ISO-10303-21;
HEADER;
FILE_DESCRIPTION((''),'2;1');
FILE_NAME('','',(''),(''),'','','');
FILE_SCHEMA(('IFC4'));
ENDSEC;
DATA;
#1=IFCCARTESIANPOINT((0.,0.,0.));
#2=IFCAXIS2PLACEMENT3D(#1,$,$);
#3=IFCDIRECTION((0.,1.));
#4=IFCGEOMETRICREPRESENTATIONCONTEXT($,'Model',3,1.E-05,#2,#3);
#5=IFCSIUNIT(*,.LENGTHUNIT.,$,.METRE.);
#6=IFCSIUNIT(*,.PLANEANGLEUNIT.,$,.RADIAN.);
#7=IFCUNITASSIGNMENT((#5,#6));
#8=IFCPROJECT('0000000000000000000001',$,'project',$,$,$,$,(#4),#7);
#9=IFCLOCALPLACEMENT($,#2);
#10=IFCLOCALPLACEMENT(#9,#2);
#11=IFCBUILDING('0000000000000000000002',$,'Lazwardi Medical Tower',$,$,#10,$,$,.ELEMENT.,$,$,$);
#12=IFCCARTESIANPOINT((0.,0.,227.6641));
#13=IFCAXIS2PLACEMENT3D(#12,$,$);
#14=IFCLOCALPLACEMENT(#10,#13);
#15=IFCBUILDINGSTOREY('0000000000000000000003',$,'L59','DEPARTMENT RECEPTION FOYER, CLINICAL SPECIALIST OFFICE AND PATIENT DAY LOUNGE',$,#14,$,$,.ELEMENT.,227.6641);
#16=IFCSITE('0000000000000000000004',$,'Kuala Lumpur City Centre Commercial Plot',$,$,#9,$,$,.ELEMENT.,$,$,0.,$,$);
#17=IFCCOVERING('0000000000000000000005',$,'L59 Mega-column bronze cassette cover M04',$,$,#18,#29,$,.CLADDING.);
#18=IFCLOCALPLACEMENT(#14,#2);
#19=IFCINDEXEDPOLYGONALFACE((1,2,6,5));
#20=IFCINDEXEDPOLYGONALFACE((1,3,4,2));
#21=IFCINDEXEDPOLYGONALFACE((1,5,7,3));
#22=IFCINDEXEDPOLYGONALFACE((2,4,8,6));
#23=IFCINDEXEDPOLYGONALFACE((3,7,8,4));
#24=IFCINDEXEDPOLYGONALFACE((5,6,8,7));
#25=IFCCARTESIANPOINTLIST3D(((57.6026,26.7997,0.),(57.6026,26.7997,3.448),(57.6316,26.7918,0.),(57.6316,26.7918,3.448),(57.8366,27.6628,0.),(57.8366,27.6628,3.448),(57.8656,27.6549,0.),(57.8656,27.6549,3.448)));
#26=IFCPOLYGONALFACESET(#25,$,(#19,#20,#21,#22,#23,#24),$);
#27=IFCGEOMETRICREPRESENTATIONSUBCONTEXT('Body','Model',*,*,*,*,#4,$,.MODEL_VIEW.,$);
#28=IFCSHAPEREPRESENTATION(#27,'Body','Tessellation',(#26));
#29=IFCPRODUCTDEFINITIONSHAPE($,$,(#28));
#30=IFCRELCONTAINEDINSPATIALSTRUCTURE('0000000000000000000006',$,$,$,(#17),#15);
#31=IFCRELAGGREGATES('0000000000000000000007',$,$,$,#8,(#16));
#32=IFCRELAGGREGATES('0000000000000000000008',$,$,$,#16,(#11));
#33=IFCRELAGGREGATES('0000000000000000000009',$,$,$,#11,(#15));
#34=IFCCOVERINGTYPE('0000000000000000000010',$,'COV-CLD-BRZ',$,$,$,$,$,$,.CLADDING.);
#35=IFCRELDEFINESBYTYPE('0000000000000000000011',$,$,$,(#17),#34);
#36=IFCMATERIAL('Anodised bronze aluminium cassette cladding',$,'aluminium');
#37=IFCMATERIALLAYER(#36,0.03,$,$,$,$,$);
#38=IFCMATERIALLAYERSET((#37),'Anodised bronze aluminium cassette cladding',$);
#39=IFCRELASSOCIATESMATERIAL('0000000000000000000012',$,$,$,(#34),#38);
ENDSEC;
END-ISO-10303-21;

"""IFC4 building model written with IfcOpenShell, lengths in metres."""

from ifc_helpers import new_model, si_unit, direction, frame, origin, origin_2d, place, context, subcontext, project, spatial, rectangle, extrude, material, layer, layer_set, type_object, element, save


model = new_model("IFC4")

# Units and contexts
model_context = context("Model", 3, precision=1e-05, world=origin(), true_north=direction((0.0, 1.0)))
body_context = subcontext(model_context, "Body", "Model", "MODEL_VIEW")
ifc_project = project(units=[si_unit("LENGTHUNIT", "METRE"), si_unit("PLANEANGLEUNIT", "RADIAN")], contexts=[model_context])

# Site, building, storey
site_placement = place(None, origin())
site = spatial("IfcSite", under=ifc_project, at=site_placement, Name="Kuala Lumpur City Centre Commercial Plot", CompositionType="ELEMENT", RefElevation=0.0)
building_placement = place(site_placement, origin())
building = spatial("IfcBuilding", under=site, at=building_placement, Name="Lazwardi Medical Tower", CompositionType="ELEMENT")
storey_placement = place(building_placement, frame((0.0, 0.0, 227.6641)))
storey = spatial("IfcBuildingStorey", under=building, at=storey_placement, Name="L59", Description="DEPARTMENT RECEPTION FOYER, CLINICAL SPECIALIST OFFICE AND PATIENT DAY LOUNGE", CompositionType="ELEMENT", Elevation=227.6641)

# Covering
ifc_material_1 = material(Name="Anodised bronze aluminium cassette cladding", Category="aluminium")
ifc_layer_1 = layer(ifc_material_1, 0.03)
ifc_layer_set_1 = layer_set([ifc_layer_1], Name="Anodised bronze aluminium cassette cladding")
covering_type = type_object("IfcCoveringType", Name="COV-CLD-BRZ", PredefinedType="CLADDING", material=ifc_layer_set_1)
covering_1_placement = place(storey_placement, frame((57.7341, 27.2273, 0.0), z_axis=(0.0, 0.0, 1.0), x_axis=(0.261642, 0.965165, 0.0)))
element("IfcCovering", 1, at=covering_1_placement, inside=storey, type_object=covering_type, Name="L59 Mega-column bronze cassette cover M04", PredefinedType="CLADDING", context=body_context, shape_type="SweptSolid", body=[
    extrude(rectangle(XDim=0.8943, YDim=0.03, at=origin_2d()), origin(), (0.0, 0.0, 1.0), 3.448),
])

save(model, "model.ifc")
